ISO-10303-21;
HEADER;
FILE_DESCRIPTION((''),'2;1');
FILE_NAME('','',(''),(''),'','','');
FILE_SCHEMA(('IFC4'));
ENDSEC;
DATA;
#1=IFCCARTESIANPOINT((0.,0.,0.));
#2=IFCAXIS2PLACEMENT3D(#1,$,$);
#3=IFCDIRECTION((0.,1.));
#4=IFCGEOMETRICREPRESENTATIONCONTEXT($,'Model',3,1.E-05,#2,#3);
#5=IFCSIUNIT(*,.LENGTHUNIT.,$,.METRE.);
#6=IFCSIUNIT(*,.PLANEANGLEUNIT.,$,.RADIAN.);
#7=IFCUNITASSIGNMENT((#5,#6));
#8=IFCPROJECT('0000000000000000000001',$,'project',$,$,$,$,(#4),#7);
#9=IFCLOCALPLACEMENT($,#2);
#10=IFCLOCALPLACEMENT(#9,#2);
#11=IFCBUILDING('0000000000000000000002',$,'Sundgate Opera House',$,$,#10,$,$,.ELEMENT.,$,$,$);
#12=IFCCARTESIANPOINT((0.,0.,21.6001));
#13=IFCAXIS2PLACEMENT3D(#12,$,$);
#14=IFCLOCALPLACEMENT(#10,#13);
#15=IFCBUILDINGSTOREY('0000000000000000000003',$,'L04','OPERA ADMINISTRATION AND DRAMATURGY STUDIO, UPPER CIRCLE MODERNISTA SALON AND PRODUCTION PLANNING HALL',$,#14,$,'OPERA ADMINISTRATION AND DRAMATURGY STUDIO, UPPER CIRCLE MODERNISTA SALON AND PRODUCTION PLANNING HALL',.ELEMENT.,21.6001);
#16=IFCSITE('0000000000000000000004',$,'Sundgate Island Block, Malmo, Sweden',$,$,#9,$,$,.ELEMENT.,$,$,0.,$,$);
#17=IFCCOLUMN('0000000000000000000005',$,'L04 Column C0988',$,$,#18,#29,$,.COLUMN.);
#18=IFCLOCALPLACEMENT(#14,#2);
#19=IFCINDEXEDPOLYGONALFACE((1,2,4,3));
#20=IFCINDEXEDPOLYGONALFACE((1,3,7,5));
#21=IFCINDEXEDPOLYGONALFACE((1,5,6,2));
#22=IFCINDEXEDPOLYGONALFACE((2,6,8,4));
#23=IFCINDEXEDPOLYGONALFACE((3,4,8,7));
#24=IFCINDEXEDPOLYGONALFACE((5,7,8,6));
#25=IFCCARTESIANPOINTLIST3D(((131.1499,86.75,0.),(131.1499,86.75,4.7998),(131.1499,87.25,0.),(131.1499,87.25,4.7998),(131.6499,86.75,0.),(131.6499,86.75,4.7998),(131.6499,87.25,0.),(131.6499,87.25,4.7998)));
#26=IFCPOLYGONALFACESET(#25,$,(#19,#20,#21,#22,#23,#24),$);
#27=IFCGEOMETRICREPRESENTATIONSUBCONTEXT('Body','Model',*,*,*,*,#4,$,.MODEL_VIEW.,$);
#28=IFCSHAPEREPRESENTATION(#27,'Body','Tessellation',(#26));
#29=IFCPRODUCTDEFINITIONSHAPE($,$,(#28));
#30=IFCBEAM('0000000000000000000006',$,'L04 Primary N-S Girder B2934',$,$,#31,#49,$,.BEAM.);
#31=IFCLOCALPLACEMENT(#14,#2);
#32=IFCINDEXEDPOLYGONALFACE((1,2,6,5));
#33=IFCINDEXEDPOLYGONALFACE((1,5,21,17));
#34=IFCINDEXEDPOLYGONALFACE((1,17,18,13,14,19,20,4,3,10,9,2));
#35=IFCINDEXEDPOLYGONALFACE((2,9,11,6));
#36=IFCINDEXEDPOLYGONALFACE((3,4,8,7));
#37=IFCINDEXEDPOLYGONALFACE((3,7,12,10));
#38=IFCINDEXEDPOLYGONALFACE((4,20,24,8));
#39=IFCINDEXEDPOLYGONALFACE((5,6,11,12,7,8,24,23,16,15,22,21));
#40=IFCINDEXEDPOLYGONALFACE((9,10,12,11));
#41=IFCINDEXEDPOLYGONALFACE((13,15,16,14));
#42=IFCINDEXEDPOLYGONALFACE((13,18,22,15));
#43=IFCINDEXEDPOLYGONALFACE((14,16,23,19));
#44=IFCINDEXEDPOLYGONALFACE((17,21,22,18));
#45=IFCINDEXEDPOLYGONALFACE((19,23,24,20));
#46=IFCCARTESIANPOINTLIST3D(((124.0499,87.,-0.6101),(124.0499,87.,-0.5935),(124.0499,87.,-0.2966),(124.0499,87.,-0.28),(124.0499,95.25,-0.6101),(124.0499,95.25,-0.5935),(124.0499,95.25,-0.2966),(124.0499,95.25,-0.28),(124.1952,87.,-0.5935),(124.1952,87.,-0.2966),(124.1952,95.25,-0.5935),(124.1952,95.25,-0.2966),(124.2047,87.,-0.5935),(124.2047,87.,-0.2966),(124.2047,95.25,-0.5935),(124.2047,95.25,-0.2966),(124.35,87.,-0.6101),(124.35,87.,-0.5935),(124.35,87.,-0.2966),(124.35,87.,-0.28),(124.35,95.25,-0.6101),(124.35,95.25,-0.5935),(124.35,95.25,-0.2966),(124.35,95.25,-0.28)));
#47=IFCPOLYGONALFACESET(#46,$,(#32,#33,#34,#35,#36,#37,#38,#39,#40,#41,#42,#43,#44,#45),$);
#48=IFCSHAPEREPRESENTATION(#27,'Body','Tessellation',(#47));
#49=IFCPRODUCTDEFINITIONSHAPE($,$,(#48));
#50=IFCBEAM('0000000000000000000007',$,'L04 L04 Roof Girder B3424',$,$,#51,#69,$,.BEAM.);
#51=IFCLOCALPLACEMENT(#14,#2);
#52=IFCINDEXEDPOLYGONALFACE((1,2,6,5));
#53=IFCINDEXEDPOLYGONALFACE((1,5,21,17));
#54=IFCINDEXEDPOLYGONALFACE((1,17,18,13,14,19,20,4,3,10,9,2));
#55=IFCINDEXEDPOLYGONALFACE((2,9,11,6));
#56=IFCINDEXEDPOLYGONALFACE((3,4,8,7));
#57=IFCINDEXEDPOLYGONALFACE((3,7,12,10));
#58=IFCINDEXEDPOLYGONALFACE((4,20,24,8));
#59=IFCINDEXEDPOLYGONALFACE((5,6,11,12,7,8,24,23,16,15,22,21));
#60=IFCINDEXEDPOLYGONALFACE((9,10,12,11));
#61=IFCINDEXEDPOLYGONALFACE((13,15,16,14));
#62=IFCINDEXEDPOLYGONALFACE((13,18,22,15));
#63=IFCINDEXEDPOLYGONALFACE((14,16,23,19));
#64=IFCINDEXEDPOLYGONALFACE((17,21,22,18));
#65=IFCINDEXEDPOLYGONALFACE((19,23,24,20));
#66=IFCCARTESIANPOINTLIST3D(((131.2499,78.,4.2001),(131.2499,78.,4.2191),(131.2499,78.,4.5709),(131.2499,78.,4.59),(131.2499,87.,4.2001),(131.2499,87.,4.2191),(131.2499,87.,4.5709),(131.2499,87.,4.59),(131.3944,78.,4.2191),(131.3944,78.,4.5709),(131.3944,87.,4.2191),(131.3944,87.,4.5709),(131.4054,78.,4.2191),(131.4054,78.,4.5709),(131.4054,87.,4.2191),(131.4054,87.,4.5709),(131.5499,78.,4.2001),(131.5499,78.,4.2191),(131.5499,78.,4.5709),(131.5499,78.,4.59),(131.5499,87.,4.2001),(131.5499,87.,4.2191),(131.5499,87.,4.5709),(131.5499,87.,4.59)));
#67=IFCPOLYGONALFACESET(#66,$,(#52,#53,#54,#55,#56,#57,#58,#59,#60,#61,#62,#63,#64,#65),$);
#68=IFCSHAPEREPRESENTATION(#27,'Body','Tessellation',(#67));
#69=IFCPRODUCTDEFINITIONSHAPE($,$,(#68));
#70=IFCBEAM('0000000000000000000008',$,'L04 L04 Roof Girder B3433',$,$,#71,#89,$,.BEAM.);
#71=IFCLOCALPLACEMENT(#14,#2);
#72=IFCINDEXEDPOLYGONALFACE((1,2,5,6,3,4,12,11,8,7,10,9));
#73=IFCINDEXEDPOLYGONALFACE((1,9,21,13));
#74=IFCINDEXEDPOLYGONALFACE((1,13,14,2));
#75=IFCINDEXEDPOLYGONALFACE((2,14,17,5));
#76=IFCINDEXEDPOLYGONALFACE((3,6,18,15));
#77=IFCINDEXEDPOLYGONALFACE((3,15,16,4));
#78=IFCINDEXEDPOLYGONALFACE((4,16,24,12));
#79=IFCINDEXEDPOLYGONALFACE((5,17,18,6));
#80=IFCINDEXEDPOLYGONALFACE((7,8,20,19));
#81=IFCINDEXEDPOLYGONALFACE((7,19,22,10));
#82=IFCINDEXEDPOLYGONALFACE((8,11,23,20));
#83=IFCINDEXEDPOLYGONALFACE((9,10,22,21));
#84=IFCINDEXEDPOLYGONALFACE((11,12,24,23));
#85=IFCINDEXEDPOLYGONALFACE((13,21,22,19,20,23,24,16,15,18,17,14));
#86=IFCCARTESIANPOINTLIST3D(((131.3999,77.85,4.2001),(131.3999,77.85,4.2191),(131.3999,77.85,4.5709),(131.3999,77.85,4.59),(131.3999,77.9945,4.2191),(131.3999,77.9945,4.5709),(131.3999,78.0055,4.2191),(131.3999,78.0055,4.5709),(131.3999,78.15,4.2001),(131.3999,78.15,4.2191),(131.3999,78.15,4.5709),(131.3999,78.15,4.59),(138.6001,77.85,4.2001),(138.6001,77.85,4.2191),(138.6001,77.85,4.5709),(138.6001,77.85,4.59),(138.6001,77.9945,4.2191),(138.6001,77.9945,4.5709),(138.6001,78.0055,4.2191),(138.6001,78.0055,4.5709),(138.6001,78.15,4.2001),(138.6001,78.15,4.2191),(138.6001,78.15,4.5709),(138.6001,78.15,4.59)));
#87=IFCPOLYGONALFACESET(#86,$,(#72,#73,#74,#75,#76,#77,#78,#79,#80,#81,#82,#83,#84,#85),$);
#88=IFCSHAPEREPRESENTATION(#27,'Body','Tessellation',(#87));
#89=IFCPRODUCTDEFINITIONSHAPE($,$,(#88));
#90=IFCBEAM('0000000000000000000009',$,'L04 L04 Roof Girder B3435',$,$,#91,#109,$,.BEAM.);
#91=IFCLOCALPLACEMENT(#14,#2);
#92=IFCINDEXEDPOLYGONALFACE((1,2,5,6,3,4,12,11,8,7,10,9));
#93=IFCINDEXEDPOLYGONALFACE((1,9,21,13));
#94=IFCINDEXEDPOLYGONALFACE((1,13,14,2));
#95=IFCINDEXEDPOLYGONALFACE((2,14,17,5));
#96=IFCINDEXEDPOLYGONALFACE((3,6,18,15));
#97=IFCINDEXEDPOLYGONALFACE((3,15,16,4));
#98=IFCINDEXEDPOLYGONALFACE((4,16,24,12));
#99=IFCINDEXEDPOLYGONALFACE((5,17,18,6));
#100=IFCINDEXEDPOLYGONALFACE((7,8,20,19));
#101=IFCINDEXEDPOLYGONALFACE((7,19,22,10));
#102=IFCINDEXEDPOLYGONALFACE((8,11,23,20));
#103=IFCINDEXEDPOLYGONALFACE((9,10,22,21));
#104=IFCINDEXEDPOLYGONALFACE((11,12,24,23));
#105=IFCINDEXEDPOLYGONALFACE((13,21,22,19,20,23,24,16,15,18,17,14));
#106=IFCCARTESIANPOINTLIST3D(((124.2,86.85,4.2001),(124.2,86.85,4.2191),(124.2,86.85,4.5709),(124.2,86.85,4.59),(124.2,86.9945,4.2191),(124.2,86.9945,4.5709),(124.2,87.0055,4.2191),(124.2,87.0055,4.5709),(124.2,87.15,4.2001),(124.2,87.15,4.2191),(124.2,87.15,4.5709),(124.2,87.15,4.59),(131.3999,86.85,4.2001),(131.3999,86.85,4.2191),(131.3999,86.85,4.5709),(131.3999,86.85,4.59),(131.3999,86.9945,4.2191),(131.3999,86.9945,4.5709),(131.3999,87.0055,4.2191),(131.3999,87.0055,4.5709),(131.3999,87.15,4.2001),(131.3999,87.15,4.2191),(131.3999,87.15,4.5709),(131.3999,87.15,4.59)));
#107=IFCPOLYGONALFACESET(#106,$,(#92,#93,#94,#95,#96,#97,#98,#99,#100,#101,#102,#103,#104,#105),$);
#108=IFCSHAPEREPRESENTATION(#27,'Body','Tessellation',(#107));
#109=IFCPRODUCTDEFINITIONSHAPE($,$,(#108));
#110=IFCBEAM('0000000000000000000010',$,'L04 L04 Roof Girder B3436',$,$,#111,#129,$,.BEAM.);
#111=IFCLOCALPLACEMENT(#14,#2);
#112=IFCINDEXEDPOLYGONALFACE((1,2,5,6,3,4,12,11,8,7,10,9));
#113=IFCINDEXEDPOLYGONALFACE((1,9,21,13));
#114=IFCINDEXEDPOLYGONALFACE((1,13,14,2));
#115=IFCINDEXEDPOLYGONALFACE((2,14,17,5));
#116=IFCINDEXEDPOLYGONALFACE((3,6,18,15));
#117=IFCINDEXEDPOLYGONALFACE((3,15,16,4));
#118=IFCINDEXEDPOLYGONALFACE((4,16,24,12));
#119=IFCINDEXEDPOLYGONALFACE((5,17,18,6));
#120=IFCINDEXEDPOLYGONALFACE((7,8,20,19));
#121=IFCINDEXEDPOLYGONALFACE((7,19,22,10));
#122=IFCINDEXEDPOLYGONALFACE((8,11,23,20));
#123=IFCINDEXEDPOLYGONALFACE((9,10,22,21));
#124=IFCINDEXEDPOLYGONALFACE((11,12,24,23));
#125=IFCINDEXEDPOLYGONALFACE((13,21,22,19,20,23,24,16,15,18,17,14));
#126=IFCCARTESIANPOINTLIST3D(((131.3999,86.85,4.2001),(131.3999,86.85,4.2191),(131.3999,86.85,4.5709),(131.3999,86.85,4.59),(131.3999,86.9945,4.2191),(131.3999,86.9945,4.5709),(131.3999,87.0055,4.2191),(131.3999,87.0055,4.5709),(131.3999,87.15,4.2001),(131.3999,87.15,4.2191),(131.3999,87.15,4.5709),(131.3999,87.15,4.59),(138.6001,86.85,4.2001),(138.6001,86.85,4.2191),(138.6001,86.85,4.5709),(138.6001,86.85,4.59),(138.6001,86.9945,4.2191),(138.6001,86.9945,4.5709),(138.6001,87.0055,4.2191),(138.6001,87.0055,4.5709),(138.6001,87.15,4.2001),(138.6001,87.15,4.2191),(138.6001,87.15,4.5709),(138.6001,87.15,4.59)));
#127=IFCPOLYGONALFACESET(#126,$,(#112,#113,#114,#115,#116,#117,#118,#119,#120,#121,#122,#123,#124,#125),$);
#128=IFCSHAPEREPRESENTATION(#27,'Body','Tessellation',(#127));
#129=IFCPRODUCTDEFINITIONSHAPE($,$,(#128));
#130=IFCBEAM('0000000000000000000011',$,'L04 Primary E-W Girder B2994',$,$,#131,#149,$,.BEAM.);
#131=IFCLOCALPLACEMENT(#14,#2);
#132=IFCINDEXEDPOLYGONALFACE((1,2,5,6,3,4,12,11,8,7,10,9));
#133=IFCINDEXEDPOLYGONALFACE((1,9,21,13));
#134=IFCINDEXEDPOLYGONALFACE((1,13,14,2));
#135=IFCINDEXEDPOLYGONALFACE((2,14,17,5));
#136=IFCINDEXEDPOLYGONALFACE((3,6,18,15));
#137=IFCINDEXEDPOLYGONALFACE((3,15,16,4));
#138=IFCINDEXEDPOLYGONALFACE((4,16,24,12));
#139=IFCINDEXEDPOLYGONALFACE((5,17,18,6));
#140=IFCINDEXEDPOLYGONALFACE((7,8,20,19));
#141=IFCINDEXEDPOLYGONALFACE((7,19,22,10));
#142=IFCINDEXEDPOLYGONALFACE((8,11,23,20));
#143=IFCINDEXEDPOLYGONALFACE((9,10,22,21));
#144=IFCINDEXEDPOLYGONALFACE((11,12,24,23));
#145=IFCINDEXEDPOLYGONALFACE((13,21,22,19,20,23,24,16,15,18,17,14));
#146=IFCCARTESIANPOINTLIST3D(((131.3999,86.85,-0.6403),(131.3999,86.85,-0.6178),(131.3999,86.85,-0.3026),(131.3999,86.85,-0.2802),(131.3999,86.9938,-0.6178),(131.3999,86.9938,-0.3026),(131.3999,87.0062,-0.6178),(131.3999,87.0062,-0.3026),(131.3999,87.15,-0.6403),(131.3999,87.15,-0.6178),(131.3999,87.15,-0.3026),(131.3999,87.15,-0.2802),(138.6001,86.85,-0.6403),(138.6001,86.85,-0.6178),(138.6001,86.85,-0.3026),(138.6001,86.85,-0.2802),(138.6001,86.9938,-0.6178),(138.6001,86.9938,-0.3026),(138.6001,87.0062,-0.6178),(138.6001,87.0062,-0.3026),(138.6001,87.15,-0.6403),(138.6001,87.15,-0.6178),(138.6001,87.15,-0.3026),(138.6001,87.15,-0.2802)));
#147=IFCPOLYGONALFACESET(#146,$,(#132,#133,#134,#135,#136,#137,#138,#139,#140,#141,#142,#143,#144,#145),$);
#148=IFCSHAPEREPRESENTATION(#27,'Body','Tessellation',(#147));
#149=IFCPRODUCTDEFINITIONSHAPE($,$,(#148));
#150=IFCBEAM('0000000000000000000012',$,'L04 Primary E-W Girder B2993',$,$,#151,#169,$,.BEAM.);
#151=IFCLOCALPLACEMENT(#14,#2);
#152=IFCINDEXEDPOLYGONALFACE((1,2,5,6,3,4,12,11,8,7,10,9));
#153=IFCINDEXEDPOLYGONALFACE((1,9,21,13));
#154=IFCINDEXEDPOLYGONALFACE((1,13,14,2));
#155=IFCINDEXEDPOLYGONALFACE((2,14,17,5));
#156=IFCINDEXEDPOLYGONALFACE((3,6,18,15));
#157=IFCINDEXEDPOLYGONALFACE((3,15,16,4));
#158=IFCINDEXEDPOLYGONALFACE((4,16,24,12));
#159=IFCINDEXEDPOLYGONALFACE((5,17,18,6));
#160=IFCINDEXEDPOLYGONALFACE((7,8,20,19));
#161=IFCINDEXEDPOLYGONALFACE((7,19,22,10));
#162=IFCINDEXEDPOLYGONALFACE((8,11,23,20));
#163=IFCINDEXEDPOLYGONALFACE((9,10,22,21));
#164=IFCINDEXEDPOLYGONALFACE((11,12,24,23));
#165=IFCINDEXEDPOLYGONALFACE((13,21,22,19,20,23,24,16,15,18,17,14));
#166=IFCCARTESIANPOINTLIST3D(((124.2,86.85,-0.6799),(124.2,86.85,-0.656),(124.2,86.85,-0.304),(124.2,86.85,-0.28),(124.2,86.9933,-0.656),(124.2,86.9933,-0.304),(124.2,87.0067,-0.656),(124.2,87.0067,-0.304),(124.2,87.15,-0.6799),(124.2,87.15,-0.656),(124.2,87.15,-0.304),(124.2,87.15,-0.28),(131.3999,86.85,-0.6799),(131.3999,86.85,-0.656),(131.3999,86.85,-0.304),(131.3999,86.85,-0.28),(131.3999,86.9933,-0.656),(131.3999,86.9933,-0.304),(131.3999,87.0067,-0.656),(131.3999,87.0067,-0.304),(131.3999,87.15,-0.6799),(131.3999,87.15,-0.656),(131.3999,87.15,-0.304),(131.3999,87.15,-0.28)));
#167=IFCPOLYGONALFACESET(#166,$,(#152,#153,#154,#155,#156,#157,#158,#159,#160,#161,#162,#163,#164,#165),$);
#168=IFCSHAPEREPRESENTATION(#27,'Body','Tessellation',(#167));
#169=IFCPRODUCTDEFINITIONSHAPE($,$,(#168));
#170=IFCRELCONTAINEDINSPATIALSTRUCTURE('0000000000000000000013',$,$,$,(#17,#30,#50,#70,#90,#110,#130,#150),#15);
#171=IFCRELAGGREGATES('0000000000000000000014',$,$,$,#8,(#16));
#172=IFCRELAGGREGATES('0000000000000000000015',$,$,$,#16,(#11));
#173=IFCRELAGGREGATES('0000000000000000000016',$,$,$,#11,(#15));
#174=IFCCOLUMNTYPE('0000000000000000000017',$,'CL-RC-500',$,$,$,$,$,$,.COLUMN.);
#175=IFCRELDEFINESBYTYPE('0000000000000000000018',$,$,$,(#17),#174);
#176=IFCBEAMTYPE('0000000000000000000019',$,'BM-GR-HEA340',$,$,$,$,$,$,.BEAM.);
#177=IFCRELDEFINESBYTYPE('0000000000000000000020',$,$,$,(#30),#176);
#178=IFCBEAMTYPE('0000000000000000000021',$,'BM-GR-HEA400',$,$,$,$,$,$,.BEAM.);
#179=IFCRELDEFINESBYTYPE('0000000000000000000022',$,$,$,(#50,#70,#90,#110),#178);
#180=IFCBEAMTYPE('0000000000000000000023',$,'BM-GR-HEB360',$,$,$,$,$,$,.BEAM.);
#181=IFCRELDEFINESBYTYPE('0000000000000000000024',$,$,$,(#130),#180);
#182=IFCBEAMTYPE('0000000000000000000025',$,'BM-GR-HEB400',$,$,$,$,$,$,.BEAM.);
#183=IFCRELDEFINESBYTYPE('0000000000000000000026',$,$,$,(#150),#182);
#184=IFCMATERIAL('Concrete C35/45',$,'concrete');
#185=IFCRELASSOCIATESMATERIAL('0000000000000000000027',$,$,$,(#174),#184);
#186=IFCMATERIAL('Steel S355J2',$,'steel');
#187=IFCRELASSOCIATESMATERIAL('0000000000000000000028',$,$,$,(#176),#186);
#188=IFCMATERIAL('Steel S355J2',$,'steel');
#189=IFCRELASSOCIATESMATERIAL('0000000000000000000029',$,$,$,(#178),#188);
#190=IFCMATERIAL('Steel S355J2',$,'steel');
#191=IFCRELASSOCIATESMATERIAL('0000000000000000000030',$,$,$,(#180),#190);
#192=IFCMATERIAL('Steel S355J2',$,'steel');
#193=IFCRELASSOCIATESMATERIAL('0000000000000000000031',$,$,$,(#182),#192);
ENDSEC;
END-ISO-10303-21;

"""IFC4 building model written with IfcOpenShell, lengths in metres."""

from ifc_helpers import new_model, si_unit, direction, frame, origin, origin_2d, place, context, subcontext, project, spatial, rectangle, i_section, extrude, material, material_profile, profile_set, type_object, element, save


model = new_model("IFC4")

# Units and contexts
model_context = context("Model", 3, precision=1e-05, world=origin(), true_north=direction((0.0, 1.0)))
body_context = subcontext(model_context, "Body", "Model", "MODEL_VIEW")
ifc_project = project(units=[si_unit("LENGTHUNIT", "METRE"), si_unit("PLANEANGLEUNIT", "RADIAN")], contexts=[model_context])

# Site, building, storey
site_placement = place(None, origin())
site = spatial("IfcSite", under=ifc_project, at=site_placement, Name="Sundgate Island Block, Malmo, Sweden", CompositionType="ELEMENT", RefElevation=0.0)
building_placement = place(site_placement, origin())
building = spatial("IfcBuilding", under=site, at=building_placement, Name="Sundgate Opera House", CompositionType="ELEMENT")
storey_placement = place(building_placement, frame((0.0, 0.0, 21.6001)))
storey = spatial("IfcBuildingStorey", under=building, at=storey_placement, Name="L04", Description="OPERA ADMINISTRATION AND DRAMATURGY STUDIO, UPPER CIRCLE MODERNISTA SALON AND PRODUCTION PLANNING HALL", LongName="OPERA ADMINISTRATION AND DRAMATURGY STUDIO, UPPER CIRCLE MODERNISTA SALON AND PRODUCTION PLANNING HALL", CompositionType="ELEMENT", Elevation=21.6001)

# Column
ifc_material_1 = material(Name="Concrete C35/45", Category="concrete")
ifc_material_profile_1 = material_profile(ifc_material_1, rectangle(XDim=0.5, YDim=0.5, at=origin_2d()), Name="RC 500x500")
ifc_profile_set_1 = profile_set([ifc_material_profile_1], Name="Concrete C35/45")
column_type = type_object("IfcColumnType", Name="CL-RC-500", PredefinedType="COLUMN", material=ifc_profile_set_1)
column_placement = place(storey_placement, frame((131.3999, 87.0, 0.0), z_axis=(0.0, 0.0, 1.0), x_axis=(1.0, 0.0, 0.0)))
element("IfcColumn", 1, at=column_placement, inside=storey, type_object=column_type, Name="L04 Column C0988", PredefinedType="COLUMN", context=body_context, shape_type="SweptSolid", body=[
    extrude(rectangle(XDim=0.5, YDim=0.5, at=origin_2d()), origin(), (0.0, 0.0, 1.0), 4.7998),
])

# Beams
ifc_material_2 = material(Name="Steel S355J2", Category="steel")
ifc_material_profile_2 = material_profile(ifc_material_2, i_section(OverallWidth=0.3, OverallDepth=0.3301, WebThickness=0.0095, FlangeThickness=0.0166, at=origin_2d()), Name="HEA 340")
ifc_profile_set_2 = profile_set([ifc_material_profile_2], Name="Steel S355J2")
beam_type_1 = type_object("IfcBeamType", Name="BM-GR-HEA340", PredefinedType="BEAM", material=ifc_profile_set_2)
beam_1_placement = place(storey_placement, frame((124.2, 87.0, -0.4451), z_axis=(0.0, 1.0, 0.0), x_axis=(-1.0, 0.0, 0.0)))
element("IfcBeam", 2, at=beam_1_placement, inside=storey, type_object=beam_type_1, Name="L04 Primary N-S Girder B2934", PredefinedType="BEAM", context=body_context, shape_type="SweptSolid", body=[
    extrude(i_section(OverallWidth=0.3, OverallDepth=0.3301, WebThickness=0.0095, FlangeThickness=0.0166, at=origin_2d()), origin(), (0.0, 0.0, 1.0), 8.25),
])
ifc_material_3 = material(Name="Steel S355J2", Category="steel")
ifc_material_profile_3 = material_profile(ifc_material_3, i_section(OverallWidth=0.3, OverallDepth=0.3899, WebThickness=0.011, FlangeThickness=0.019, at=origin_2d()), Name="HEA 400")
ifc_profile_set_3 = profile_set([ifc_material_profile_3], Name="Steel S355J2")
beam_type_2 = type_object("IfcBeamType", Name="BM-GR-HEA400", PredefinedType="BEAM", material=ifc_profile_set_3)
beam_2_placement = place(storey_placement, frame((131.3999, 78.0, 4.395), z_axis=(0.0, 1.0, 0.0), x_axis=(-1.0, 0.0, 0.0)))
element("IfcBeam", 3, at=beam_2_placement, inside=storey, type_object=beam_type_2, Name="L04 L04 Roof Girder B3424", PredefinedType="BEAM", context=body_context, shape_type="SweptSolid", body=[
    extrude(i_section(OverallWidth=0.3, OverallDepth=0.3899, WebThickness=0.011, FlangeThickness=0.019, at=origin_2d()), origin(), (0.0, 0.0, 1.0), 9.0),
])
beam_3_placement = place(storey_placement, frame((131.3999, 78.0, 4.395), z_axis=(1.0, 0.0, 0.0), x_axis=(0.0, 1.0, 0.0)))
element("IfcBeam", 4, at=beam_3_placement, inside=storey, type_object=beam_type_2, Name="L04 L04 Roof Girder B3433", PredefinedType="BEAM", context=body_context, shape_type="SweptSolid", body=[
    extrude(i_section(OverallWidth=0.3, OverallDepth=0.3899, WebThickness=0.011, FlangeThickness=0.019, at=origin_2d()), origin(), (0.0, 0.0, 1.0), 7.2002),
])
beam_4_placement = place(storey_placement, frame((124.2, 87.0, 4.395), z_axis=(1.0, 0.0, 0.0), x_axis=(0.0, 1.0, 0.0)))
element("IfcBeam", 5, at=beam_4_placement, inside=storey, type_object=beam_type_2, Name="L04 L04 Roof Girder B3435", PredefinedType="BEAM", context=body_context, shape_type="SweptSolid", body=[
    extrude(i_section(OverallWidth=0.3, OverallDepth=0.3899, WebThickness=0.011, FlangeThickness=0.019, at=origin_2d()), origin(), (0.0, 0.0, 1.0), 7.2),
])
beam_5_placement = place(storey_placement, frame((131.3999, 87.0, 4.395), z_axis=(1.0, 0.0, 0.0), x_axis=(0.0, 1.0, 0.0)))
element("IfcBeam", 6, at=beam_5_placement, inside=storey, type_object=beam_type_2, Name="L04 L04 Roof Girder B3436", PredefinedType="BEAM", context=body_context, shape_type="SweptSolid", body=[
    extrude(i_section(OverallWidth=0.3, OverallDepth=0.3899, WebThickness=0.011, FlangeThickness=0.019, at=origin_2d()), origin(), (0.0, 0.0, 1.0), 7.2002),
])
ifc_material_4 = material(Name="Steel S355J2", Category="steel")
ifc_material_profile_4 = material_profile(ifc_material_4, i_section(OverallWidth=0.3, OverallDepth=0.3601, WebThickness=0.0125, FlangeThickness=0.0225, at=origin_2d()), Name="HEB 360")
ifc_profile_set_4 = profile_set([ifc_material_profile_4], Name="Steel S355J2")
beam_type_3 = type_object("IfcBeamType", Name="BM-GR-HEB360", PredefinedType="BEAM", material=ifc_profile_set_4)
beam_6_placement = place(storey_placement, frame((131.3999, 87.0, -0.4602), z_axis=(1.0, 0.0, 0.0), x_axis=(0.0, 1.0, 0.0)))
element("IfcBeam", 7, at=beam_6_placement, inside=storey, type_object=beam_type_3, Name="L04 Primary E-W Girder B2994", PredefinedType="BEAM", context=body_context, shape_type="SweptSolid", body=[
    extrude(i_section(OverallWidth=0.3, OverallDepth=0.3601, WebThickness=0.0125, FlangeThickness=0.0225, at=origin_2d()), origin(), (0.0, 0.0, 1.0), 7.2002),
])
ifc_material_5 = material(Name="Steel S355J2", Category="steel")
ifc_material_profile_5 = material_profile(ifc_material_5, i_section(OverallWidth=0.3, OverallDepth=0.3999, WebThickness=0.0134, FlangeThickness=0.0239, at=origin_2d()), Name="HEB 400")
ifc_profile_set_5 = profile_set([ifc_material_profile_5], Name="Steel S355J2")
beam_type_4 = type_object("IfcBeamType", Name="BM-GR-HEB400", PredefinedType="BEAM", material=ifc_profile_set_5)
beam_7_placement = place(storey_placement, frame((124.2, 87.0, -0.48), z_axis=(1.0, 0.0, 0.0), x_axis=(0.0, 1.0, 0.0)))
element("IfcBeam", 8, at=beam_7_placement, inside=storey, type_object=beam_type_4, Name="L04 Primary E-W Girder B2993", PredefinedType="BEAM", context=body_context, shape_type="SweptSolid", body=[
    extrude(i_section(OverallWidth=0.3, OverallDepth=0.3999, WebThickness=0.0134, FlangeThickness=0.0239, at=origin_2d()), origin(), (0.0, 0.0, 1.0), 7.2),
])

save(model, "model.ifc")
